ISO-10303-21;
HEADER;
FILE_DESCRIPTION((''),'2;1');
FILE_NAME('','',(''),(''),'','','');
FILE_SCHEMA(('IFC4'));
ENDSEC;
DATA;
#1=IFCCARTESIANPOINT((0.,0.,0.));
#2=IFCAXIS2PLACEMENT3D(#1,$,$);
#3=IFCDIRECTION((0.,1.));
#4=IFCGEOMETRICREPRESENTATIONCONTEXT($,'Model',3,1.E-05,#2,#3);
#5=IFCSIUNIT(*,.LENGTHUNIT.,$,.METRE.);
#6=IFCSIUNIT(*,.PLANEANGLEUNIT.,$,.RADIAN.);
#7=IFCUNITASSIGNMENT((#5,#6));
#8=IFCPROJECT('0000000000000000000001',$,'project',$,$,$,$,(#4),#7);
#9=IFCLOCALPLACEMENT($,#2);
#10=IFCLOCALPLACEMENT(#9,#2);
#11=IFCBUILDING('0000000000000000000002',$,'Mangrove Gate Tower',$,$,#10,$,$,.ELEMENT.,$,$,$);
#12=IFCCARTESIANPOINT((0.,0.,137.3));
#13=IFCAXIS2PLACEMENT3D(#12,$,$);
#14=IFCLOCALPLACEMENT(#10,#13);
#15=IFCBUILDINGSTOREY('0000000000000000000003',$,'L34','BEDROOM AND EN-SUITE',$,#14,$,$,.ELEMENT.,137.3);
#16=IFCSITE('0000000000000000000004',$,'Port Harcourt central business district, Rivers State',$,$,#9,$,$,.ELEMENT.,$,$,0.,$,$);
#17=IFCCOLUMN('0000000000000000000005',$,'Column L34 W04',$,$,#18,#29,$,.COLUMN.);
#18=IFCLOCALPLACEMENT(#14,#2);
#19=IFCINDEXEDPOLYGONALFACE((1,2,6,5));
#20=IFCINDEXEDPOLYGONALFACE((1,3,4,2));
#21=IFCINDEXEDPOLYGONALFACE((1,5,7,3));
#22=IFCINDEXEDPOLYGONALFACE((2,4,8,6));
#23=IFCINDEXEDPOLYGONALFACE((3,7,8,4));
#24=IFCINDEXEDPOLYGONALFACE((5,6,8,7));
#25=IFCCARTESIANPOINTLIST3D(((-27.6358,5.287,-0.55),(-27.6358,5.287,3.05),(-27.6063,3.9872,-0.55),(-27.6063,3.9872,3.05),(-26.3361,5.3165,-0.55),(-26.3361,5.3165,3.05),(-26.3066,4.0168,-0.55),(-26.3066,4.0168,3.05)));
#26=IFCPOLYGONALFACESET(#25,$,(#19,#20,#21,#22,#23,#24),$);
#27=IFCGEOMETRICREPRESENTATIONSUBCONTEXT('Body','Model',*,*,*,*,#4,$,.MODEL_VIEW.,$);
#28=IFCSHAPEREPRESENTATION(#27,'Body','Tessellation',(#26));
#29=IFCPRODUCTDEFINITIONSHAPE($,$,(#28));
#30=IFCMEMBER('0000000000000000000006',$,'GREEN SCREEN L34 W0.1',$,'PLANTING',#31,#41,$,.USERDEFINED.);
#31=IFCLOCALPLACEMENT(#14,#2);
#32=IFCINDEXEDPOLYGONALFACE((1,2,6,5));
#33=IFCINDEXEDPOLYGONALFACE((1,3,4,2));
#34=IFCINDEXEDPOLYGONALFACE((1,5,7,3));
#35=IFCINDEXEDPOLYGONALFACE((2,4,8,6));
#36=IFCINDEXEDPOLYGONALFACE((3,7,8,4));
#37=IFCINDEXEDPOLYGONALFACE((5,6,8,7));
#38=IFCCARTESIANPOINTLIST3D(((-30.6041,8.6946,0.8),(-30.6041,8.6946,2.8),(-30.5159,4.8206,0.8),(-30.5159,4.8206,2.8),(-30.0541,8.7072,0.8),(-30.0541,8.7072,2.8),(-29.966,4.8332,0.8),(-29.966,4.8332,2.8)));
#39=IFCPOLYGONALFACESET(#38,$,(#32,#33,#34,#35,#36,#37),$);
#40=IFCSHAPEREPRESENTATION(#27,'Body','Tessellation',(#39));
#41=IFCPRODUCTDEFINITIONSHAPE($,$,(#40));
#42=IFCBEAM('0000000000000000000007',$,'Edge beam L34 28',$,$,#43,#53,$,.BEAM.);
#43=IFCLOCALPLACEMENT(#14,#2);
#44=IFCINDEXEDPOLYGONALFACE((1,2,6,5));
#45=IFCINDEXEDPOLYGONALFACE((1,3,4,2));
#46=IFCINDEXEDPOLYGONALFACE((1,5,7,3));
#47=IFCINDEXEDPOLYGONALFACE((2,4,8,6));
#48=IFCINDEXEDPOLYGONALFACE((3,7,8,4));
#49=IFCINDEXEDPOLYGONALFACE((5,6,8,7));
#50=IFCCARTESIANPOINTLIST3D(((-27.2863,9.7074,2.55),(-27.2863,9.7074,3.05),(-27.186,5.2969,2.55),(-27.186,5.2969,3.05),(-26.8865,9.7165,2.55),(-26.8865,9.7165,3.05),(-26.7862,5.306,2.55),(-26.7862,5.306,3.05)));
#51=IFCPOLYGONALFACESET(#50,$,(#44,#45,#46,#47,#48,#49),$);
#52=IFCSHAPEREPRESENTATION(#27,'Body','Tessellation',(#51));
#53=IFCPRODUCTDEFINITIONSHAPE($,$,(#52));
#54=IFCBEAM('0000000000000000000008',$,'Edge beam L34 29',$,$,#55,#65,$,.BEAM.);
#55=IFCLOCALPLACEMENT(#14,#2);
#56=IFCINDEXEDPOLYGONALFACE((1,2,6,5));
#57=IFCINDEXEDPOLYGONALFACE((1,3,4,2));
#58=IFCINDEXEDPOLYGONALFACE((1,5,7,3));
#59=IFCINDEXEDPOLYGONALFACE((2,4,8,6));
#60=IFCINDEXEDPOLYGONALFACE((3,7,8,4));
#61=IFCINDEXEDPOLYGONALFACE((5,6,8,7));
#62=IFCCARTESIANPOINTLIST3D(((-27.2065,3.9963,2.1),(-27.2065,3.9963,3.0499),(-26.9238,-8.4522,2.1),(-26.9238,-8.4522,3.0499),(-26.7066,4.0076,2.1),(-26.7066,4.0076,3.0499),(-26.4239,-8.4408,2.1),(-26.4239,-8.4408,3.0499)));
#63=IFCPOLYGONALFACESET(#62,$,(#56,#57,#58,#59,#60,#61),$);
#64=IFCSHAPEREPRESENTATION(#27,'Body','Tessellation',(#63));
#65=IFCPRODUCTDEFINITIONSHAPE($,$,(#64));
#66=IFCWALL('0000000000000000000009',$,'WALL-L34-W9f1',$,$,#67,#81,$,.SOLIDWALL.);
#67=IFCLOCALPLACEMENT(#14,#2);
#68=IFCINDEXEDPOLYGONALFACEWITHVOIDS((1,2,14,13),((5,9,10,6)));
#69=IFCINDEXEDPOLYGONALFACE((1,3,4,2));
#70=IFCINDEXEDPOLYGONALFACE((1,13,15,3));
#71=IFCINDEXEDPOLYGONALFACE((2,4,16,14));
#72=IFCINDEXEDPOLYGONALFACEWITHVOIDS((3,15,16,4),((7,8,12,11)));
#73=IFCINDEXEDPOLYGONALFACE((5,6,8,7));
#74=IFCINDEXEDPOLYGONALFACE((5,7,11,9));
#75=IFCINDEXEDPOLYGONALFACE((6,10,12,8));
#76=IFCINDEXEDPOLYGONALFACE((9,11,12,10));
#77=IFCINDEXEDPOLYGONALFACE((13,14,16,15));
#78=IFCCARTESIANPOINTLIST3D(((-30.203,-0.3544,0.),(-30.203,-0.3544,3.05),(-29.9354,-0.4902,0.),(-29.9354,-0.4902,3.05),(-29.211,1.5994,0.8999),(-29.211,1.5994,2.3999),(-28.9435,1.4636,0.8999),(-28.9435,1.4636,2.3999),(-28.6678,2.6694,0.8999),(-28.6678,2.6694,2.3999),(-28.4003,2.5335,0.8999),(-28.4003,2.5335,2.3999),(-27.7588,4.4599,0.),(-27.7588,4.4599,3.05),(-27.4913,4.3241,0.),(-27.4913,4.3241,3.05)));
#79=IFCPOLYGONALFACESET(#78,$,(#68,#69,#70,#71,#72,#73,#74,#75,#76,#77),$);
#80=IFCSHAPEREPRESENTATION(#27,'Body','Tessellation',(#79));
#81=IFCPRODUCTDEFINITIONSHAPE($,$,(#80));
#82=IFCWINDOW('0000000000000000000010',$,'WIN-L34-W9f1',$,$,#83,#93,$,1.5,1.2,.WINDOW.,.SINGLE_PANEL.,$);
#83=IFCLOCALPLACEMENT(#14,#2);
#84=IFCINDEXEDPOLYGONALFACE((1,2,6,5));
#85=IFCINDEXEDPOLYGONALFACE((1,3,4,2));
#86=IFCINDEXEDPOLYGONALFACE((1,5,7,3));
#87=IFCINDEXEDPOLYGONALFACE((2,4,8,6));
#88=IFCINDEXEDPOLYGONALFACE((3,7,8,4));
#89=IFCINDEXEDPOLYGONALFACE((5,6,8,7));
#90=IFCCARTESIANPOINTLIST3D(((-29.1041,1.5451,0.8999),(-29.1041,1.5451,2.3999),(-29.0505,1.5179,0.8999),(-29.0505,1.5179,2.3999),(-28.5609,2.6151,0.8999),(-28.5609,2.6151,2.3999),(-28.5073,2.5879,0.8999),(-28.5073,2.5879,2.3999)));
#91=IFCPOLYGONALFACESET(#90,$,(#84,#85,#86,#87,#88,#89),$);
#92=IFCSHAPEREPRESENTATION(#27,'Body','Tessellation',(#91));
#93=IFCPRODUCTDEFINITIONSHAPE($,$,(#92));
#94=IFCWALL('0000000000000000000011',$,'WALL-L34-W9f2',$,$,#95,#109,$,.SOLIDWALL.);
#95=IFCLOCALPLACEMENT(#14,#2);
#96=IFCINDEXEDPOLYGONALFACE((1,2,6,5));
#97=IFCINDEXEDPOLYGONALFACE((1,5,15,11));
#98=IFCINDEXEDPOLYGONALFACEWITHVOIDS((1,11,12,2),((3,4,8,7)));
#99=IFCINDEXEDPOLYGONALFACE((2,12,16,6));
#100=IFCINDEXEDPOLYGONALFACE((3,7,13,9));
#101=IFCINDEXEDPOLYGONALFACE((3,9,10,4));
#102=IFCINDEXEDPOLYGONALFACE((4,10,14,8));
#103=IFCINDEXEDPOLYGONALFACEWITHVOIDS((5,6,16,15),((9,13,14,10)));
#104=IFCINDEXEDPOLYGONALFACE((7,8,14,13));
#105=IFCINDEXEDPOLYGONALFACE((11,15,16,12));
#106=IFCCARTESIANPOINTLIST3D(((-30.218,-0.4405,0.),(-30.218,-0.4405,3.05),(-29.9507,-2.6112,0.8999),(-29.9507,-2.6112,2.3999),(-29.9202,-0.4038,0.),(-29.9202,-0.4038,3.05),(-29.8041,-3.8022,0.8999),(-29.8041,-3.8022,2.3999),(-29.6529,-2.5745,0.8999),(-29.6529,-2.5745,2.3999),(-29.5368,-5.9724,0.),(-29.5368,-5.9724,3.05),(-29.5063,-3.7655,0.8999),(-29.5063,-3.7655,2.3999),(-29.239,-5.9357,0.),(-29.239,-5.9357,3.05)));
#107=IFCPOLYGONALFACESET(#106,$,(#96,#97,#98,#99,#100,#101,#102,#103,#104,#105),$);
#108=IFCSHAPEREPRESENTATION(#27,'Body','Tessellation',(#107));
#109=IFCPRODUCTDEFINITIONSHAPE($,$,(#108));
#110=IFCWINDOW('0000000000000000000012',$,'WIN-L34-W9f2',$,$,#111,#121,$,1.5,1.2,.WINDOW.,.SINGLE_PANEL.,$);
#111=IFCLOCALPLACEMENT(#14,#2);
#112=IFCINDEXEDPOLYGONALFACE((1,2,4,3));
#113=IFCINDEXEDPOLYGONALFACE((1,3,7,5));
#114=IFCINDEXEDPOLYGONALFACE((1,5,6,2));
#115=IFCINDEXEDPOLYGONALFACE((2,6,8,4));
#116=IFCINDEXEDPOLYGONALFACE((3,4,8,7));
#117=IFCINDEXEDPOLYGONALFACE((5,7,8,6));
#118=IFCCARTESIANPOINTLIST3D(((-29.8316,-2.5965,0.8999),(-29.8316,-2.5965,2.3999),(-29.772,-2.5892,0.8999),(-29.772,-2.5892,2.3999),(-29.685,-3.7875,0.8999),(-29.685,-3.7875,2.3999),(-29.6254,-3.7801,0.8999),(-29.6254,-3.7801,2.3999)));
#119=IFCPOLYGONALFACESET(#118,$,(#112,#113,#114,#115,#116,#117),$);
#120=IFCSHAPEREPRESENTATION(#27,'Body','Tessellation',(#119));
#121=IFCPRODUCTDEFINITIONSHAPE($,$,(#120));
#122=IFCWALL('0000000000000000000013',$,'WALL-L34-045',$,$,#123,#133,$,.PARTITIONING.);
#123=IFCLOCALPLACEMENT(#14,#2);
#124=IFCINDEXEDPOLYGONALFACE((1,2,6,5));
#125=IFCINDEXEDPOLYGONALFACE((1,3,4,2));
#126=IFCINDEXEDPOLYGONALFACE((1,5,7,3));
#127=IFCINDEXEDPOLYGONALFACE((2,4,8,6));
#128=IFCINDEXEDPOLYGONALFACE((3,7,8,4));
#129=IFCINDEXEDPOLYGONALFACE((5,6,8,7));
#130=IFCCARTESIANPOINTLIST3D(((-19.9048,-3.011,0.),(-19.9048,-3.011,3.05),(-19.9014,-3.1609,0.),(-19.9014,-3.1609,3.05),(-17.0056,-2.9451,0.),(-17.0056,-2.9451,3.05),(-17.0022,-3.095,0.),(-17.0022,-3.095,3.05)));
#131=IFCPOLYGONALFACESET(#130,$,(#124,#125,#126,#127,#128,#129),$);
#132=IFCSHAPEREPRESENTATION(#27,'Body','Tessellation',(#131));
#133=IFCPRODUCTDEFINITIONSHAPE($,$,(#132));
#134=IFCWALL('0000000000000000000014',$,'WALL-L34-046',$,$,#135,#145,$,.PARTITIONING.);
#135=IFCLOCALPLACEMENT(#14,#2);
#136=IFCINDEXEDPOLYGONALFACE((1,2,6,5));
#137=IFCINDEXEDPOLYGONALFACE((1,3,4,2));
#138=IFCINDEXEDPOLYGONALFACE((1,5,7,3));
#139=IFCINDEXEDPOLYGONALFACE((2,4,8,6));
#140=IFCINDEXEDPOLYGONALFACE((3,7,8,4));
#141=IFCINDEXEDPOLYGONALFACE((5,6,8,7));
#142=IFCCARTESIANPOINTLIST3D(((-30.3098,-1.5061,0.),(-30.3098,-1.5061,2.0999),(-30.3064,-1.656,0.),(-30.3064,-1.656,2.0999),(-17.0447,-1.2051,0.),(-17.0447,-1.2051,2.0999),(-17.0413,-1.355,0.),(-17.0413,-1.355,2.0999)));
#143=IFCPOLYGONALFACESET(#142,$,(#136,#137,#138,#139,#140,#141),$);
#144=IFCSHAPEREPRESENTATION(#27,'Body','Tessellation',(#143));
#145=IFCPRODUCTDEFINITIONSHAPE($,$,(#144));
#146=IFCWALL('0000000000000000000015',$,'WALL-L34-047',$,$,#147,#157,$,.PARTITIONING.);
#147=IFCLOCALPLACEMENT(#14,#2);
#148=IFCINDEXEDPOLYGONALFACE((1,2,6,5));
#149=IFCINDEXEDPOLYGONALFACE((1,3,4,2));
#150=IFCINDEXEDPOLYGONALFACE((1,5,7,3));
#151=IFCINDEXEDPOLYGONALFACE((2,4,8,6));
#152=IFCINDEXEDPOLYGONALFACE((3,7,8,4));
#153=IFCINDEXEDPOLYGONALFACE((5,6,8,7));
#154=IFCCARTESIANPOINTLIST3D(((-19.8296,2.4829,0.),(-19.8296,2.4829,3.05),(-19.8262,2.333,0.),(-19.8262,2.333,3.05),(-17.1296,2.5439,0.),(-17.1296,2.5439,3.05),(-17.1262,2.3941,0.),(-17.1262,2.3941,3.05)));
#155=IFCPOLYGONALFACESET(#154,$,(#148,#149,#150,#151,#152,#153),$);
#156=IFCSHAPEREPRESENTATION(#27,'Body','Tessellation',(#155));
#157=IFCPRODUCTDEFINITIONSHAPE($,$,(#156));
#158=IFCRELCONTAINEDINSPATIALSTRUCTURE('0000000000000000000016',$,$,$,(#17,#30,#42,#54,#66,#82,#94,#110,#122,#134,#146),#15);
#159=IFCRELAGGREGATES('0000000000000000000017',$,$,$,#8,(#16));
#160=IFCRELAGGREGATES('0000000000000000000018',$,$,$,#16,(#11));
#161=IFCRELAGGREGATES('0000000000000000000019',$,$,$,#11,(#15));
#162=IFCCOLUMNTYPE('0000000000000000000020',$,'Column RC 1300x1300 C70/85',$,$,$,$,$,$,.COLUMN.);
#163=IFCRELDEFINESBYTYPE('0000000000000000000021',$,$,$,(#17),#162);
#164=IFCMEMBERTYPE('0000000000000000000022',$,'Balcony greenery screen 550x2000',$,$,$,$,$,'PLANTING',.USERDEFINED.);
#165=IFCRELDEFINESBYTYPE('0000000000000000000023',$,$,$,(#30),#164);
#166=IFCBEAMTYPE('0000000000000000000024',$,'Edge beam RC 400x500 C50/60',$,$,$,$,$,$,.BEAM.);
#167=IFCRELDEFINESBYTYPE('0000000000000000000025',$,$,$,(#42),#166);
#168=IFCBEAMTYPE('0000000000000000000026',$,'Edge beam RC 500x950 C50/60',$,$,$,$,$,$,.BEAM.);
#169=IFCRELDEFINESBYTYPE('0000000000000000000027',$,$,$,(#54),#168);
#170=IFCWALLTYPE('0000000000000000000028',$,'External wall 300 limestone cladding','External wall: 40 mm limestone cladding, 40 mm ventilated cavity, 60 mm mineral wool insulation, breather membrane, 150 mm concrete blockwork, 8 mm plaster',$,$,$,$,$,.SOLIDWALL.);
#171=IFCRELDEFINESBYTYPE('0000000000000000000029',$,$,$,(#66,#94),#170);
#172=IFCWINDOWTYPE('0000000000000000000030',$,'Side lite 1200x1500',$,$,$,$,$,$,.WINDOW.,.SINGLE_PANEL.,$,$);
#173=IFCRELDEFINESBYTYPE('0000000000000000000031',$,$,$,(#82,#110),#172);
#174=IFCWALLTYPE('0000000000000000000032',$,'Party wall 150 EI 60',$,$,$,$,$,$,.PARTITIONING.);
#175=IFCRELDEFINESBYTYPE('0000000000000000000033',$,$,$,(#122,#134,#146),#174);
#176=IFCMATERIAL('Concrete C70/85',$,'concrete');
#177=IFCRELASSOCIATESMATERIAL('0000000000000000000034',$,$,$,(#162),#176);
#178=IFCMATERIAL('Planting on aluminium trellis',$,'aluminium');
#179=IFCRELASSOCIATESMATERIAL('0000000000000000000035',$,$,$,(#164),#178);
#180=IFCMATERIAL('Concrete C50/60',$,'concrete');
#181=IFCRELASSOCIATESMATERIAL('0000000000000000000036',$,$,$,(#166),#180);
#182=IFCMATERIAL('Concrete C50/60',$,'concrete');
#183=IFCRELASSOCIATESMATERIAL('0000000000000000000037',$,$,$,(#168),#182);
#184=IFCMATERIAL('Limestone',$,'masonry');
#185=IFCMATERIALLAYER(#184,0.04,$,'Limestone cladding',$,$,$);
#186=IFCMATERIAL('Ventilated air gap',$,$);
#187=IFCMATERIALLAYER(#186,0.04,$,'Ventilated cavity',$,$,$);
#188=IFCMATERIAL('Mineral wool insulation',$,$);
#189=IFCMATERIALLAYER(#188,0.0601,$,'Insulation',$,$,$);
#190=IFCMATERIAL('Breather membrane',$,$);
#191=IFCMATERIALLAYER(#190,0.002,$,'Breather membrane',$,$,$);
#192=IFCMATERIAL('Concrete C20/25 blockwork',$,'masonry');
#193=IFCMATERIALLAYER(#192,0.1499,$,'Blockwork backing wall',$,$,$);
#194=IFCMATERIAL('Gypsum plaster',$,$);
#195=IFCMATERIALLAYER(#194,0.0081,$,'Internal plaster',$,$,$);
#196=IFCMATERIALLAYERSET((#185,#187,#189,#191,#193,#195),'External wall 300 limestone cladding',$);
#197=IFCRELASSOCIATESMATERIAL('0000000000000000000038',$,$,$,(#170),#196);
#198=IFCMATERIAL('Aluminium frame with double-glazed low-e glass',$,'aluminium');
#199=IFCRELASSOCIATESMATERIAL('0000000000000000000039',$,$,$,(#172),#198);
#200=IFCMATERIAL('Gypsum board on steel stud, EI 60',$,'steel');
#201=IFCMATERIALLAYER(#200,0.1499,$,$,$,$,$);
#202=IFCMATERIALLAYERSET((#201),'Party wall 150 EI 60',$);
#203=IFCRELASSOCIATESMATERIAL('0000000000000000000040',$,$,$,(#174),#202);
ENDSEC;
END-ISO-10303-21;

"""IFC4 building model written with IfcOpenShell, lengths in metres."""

from ifc_helpers import new_model, si_unit, direction, frame, frame_2d, origin, origin_2d, place, context, subcontext, project, spatial, rectangle, extrude, material, layer, layer_set, material_profile, profile_set, type_object, element, fill, save


model = new_model("IFC4")

# Units and contexts
model_context = context("Model", 3, precision=1e-05, world=origin(), true_north=direction((0.0, 1.0)))
body_context = subcontext(model_context, "Body", "Model", "MODEL_VIEW")
ifc_project = project(units=[si_unit("LENGTHUNIT", "METRE"), si_unit("PLANEANGLEUNIT", "RADIAN")], contexts=[model_context])

# Site, building, storey
site_placement = place(None, origin())
site = spatial("IfcSite", under=ifc_project, at=site_placement, Name="Port Harcourt central business district, Rivers State", CompositionType="ELEMENT", RefElevation=0.0)
building_placement = place(site_placement, origin())
building = spatial("IfcBuilding", under=site, at=building_placement, Name="Mangrove Gate Tower", CompositionType="ELEMENT")
storey_placement = place(building_placement, frame((0.0, 0.0, 137.3)))
storey = spatial("IfcBuildingStorey", under=building, at=storey_placement, Name="L34", Description="BEDROOM AND EN-SUITE", CompositionType="ELEMENT", Elevation=137.3)

# Column
ifc_material_1 = material(Name="Concrete C70/85", Category="concrete")
ifc_material_profile_1 = material_profile(ifc_material_1, rectangle(XDim=1.3, YDim=1.3, at=origin_2d()))
ifc_profile_set_1 = profile_set([ifc_material_profile_1], Name="Concrete C70/85")
column_type = type_object("IfcColumnType", Name="Column RC 1300x1300 C70/85", PredefinedType="COLUMN", material=ifc_profile_set_1)
column_placement = place(storey_placement, frame((-26.9712, 4.6519, -0.55), z_axis=(0.0, 0.0, 1.0), x_axis=(0.02271, -0.999742, 0.0)))
element("IfcColumn", 1, at=column_placement, inside=storey, type_object=column_type, Name="Column L34 W04", PredefinedType="COLUMN", context=body_context, shape_type="SweptSolid", body=[
    extrude(rectangle(XDim=1.3, YDim=1.3, at=origin_2d()), origin(), (0.0, 0.0, 1.0), 3.6001),
])

# Member
ifc_material_2 = material(Name="Planting on aluminium trellis", Category="aluminium")
ifc_material_profile_2 = material_profile(ifc_material_2, rectangle(XDim=0.55, YDim=2.0, at=origin_2d()))
ifc_profile_set_2 = profile_set([ifc_material_profile_2], Name="Planting on aluminium trellis")
member_type = type_object("IfcMemberType", Name="Balcony greenery screen 550x2000", ElementType="PLANTING", PredefinedType="USERDEFINED", material=ifc_profile_set_2)
member_placement = place(storey_placement, frame((-30.241, 4.8269, 1.8), z_axis=(-0.022744, 0.999741, 0.0), x_axis=(-0.999741, -0.022744, 0.0)))
element("IfcMember", 2, at=member_placement, inside=storey, type_object=member_type, Name="GREEN SCREEN L34 W0.1", ObjectType="PLANTING", PredefinedType="USERDEFINED", context=body_context, shape_type="SweptSolid", body=[
    extrude(rectangle(XDim=0.55, YDim=2.0, at=origin_2d()), origin(), (0.0, 0.0, 1.0), 3.875),
])

# Beams
ifc_material_3 = material(Name="Concrete C50/60", Category="concrete")
ifc_material_profile_3 = material_profile(ifc_material_3, rectangle(XDim=0.3999, YDim=0.5, at=origin_2d()))
ifc_profile_set_3 = profile_set([ifc_material_profile_3], Name="Concrete C50/60")
beam_type_1 = type_object("IfcBeamType", Name="Edge beam RC 400x500 C50/60", PredefinedType="BEAM", material=ifc_profile_set_3)
beam_1_placement = place(storey_placement, frame((-27.0864, 9.7119, 2.8), z_axis=(0.022745, -0.999741, 0.0), x_axis=(0.999741, 0.022745, 0.0)))
element("IfcBeam", 3, at=beam_1_placement, inside=storey, type_object=beam_type_1, Name="Edge beam L34 28", PredefinedType="BEAM", context=body_context, shape_type="SweptSolid", body=[
    extrude(rectangle(XDim=0.3999, YDim=0.5, at=origin_2d()), origin(), (0.0, 0.0, 1.0), 4.4116),
])
ifc_material_4 = material(Name="Concrete C50/60", Category="concrete")
ifc_material_profile_4 = material_profile(ifc_material_4, rectangle(XDim=0.5, YDim=0.95, at=origin_2d()))
ifc_profile_set_4 = profile_set([ifc_material_profile_4], Name="Concrete C50/60")
beam_type_2 = type_object("IfcBeamType", Name="Edge beam RC 500x950 C50/60", PredefinedType="BEAM", material=ifc_profile_set_4)
beam_2_placement = place(storey_placement, frame((-26.9565, 4.002, 2.575), z_axis=(0.022705, -0.999742, 0.0), x_axis=(0.999742, 0.022705, 0.0)))
element("IfcBeam", 4, at=beam_2_placement, inside=storey, type_object=beam_type_2, Name="Edge beam L34 29", PredefinedType="BEAM", context=body_context, shape_type="SweptSolid", body=[
    extrude(rectangle(XDim=0.5, YDim=0.95, at=origin_2d()), origin(), (0.0, 0.0, 1.0), 12.4517),
])

# Walls, openings, windows
ifc_material_5 = material(Name="Limestone", Category="masonry")
ifc_layer_1 = layer(ifc_material_5, 0.04, Name="Limestone cladding")
ifc_material_6 = material(Name="Ventilated air gap")
ifc_layer_2 = layer(ifc_material_6, 0.04, Name="Ventilated cavity")
ifc_material_7 = material(Name="Mineral wool insulation")
ifc_layer_3 = layer(ifc_material_7, 0.0601, Name="Insulation")
ifc_material_8 = material(Name="Breather membrane")
ifc_layer_4 = layer(ifc_material_8, 0.002, Name="Breather membrane")
ifc_material_9 = material(Name="Concrete C20/25 blockwork", Category="masonry")
ifc_layer_5 = layer(ifc_material_9, 0.1499, Name="Blockwork backing wall")
ifc_material_10 = material(Name="Gypsum plaster")
ifc_layer_6 = layer(ifc_material_10, 0.0081, Name="Internal plaster")
ifc_layer_set_1 = layer_set([ifc_layer_1, ifc_layer_2, ifc_layer_3, ifc_layer_4, ifc_layer_5, ifc_layer_6], Name="External wall 300 limestone cladding")
wall_type_1 = type_object("IfcWallType", Name="External wall 300 limestone cladding", Description="External wall: 40 mm limestone cladding, 40 mm ventilated cavity, 60 mm mineral wool insulation, breather membrane, 150 mm concrete blockwork, 8 mm plaster", PredefinedType="SOLIDWALL", material=ifc_layer_set_1)
wall_1_placement = place(storey_placement, frame((-27.625, 4.3921, 0.0), z_axis=(0.0, 0.0, 1.0), x_axis=(-0.452686, -0.89167, 0.0)))
wall_1 = element("IfcWall", 5, at=wall_1_placement, inside=storey, type_object=wall_type_1, Name="WALL-L34-W9f1", PredefinedType="SOLIDWALL", context=body_context, shape_type="SweptSolid", body=[
    extrude(rectangle(XDim=5.3992, YDim=0.3, at=frame_2d((2.6997, 0.0))), origin(), (0.0, 0.0, 1.0), 3.05),
])
opening_1_placement = place(wall_1_placement, frame((2.0081, 0.0, 0.8999)))
opening_1 = element("IfcOpeningElement", 6, at=opening_1_placement, cuts=wall_1, PredefinedType="OPENING", context=body_context, shape_type="SweptSolid", body=[
    extrude(rectangle(XDim=1.2, YDim=1.5, at=frame_2d((0.6001, 0.75))), frame((0.0, 0.1599, 0.0), z_axis=(0.0, -1.0, 0.0), x_axis=(1.0, 0.0, 0.0)), (0.0, 0.0, 1.0), 0.3201),
])
ifc_material_11 = material(Name="Aluminium frame with double-glazed low-e glass", Category="aluminium")
window_type = type_object("IfcWindowType", Name="Side lite 1200x1500", PartitioningType="SINGLE_PANEL", PredefinedType="WINDOW", material=ifc_material_11)
window_1_placement = place(opening_1_placement, origin())
window_1 = element("IfcWindow", 7, at=window_1_placement, inside=storey, type_object=window_type, Name="WIN-L34-W9f1", OverallHeight=1.5, OverallWidth=1.2, PartitioningType="SINGLE_PANEL", PredefinedType="WINDOW", context=body_context, shape_type="SweptSolid", body=[
    extrude(rectangle(XDim=1.2, YDim=1.5, at=frame_2d((0.6001, 0.75))), frame((0.0, 0.03, 0.0), z_axis=(0.0, -1.0, 0.0), x_axis=(1.0, 0.0, 0.0)), (0.0, 0.0, 1.0), 0.0601),
])
fill(opening_1, window_1)
wall_2_placement = place(storey_placement, frame((-30.0691, -0.4221, 0.0), z_axis=(0.0, 0.0, 1.0), x_axis=(0.122207, -0.992505, 0.0)))
wall_2 = element("IfcWall", 8, at=wall_2_placement, inside=storey, type_object=wall_type_1, Name="WALL-L34-W9f2", PredefinedType="SOLIDWALL", context=body_context, shape_type="SweptSolid", body=[
    extrude(rectangle(XDim=5.5737, YDim=0.3, at=frame_2d((2.7869, 0.0))), origin(), (0.0, 0.0, 1.0), 3.05),
])
opening_2_placement = place(wall_2_placement, frame((2.187, 0.0, 0.8999)))
opening_2 = element("IfcOpeningElement", 9, at=opening_2_placement, cuts=wall_2, PredefinedType="OPENING", context=body_context, shape_type="SweptSolid", body=[
    extrude(rectangle(XDim=1.2, YDim=1.5, at=frame_2d((0.6001, 0.75))), frame((0.0, 0.1599, 0.0), z_axis=(0.0, -1.0, 0.0), x_axis=(1.0, 0.0, 0.0)), (0.0, 0.0, 1.0), 0.3201),
])
window_2_placement = place(opening_2_placement, origin())
window_2 = element("IfcWindow", 10, at=window_2_placement, inside=storey, type_object=window_type, Name="WIN-L34-W9f2", OverallHeight=1.5, OverallWidth=1.2, PartitioningType="SINGLE_PANEL", PredefinedType="WINDOW", context=body_context, shape_type="SweptSolid", body=[
    extrude(rectangle(XDim=1.2, YDim=1.5, at=frame_2d((0.6001, 0.75))), frame((0.0, 0.03, 0.0), z_axis=(0.0, -1.0, 0.0), x_axis=(1.0, 0.0, 0.0)), (0.0, 0.0, 1.0), 0.0601),
])
fill(opening_2, window_2)

# Walls
ifc_material_12 = material(Name="Gypsum board on steel stud, EI 60", Category="steel")
ifc_layer_7 = layer(ifc_material_12, 0.1499)
ifc_layer_set_2 = layer_set([ifc_layer_7], Name="Party wall 150 EI 60")
wall_type_2 = type_object("IfcWallType", Name="Party wall 150 EI 60", PredefinedType="PARTITIONING", material=ifc_layer_set_2)
wall_3_placement = place(storey_placement, frame((-19.9031, -3.0859, 0.0), z_axis=(0.0, 0.0, 1.0), x_axis=(0.999742, 0.022731, 0.0)))
element("IfcWall", 11, at=wall_3_placement, inside=storey, type_object=wall_type_2, Name="WALL-L34-045", PredefinedType="PARTITIONING", context=body_context, shape_type="SweptSolid", body=[
    extrude(rectangle(XDim=2.8999, YDim=0.1499, at=frame_2d((1.45, 0.0))), origin(), (0.0, 0.0, 1.0), 3.05),
])
wall_4_placement = place(storey_placement, frame((-30.3081, -1.5811, 0.0), z_axis=(0.0, 0.0, 1.0), x_axis=(0.999743, 0.022687, 0.0)))
element("IfcWall", 12, at=wall_4_placement, inside=storey, type_object=wall_type_2, Name="WALL-L34-046", PredefinedType="PARTITIONING", context=body_context, shape_type="SweptSolid", body=[
    extrude(rectangle(XDim=13.2686, YDim=0.1499, at=frame_2d((6.6343, 0.0))), origin(), (0.0, 0.0, 1.0), 2.0999),
])
wall_5_placement = place(storey_placement, frame((-19.8279, 2.408, 0.0), z_axis=(0.0, 0.0, 1.0), x_axis=(0.999745, 0.0226, 0.0)))
element("IfcWall", 13, at=wall_5_placement, inside=storey, type_object=wall_type_2, Name="WALL-L34-047", PredefinedType="PARTITIONING", context=body_context, shape_type="SweptSolid", body=[
    extrude(rectangle(XDim=2.7007, YDim=0.1499, at=frame_2d((1.3503, 0.0))), origin(), (0.0, 0.0, 1.0), 3.05),
])

save(model, "model.ifc")
